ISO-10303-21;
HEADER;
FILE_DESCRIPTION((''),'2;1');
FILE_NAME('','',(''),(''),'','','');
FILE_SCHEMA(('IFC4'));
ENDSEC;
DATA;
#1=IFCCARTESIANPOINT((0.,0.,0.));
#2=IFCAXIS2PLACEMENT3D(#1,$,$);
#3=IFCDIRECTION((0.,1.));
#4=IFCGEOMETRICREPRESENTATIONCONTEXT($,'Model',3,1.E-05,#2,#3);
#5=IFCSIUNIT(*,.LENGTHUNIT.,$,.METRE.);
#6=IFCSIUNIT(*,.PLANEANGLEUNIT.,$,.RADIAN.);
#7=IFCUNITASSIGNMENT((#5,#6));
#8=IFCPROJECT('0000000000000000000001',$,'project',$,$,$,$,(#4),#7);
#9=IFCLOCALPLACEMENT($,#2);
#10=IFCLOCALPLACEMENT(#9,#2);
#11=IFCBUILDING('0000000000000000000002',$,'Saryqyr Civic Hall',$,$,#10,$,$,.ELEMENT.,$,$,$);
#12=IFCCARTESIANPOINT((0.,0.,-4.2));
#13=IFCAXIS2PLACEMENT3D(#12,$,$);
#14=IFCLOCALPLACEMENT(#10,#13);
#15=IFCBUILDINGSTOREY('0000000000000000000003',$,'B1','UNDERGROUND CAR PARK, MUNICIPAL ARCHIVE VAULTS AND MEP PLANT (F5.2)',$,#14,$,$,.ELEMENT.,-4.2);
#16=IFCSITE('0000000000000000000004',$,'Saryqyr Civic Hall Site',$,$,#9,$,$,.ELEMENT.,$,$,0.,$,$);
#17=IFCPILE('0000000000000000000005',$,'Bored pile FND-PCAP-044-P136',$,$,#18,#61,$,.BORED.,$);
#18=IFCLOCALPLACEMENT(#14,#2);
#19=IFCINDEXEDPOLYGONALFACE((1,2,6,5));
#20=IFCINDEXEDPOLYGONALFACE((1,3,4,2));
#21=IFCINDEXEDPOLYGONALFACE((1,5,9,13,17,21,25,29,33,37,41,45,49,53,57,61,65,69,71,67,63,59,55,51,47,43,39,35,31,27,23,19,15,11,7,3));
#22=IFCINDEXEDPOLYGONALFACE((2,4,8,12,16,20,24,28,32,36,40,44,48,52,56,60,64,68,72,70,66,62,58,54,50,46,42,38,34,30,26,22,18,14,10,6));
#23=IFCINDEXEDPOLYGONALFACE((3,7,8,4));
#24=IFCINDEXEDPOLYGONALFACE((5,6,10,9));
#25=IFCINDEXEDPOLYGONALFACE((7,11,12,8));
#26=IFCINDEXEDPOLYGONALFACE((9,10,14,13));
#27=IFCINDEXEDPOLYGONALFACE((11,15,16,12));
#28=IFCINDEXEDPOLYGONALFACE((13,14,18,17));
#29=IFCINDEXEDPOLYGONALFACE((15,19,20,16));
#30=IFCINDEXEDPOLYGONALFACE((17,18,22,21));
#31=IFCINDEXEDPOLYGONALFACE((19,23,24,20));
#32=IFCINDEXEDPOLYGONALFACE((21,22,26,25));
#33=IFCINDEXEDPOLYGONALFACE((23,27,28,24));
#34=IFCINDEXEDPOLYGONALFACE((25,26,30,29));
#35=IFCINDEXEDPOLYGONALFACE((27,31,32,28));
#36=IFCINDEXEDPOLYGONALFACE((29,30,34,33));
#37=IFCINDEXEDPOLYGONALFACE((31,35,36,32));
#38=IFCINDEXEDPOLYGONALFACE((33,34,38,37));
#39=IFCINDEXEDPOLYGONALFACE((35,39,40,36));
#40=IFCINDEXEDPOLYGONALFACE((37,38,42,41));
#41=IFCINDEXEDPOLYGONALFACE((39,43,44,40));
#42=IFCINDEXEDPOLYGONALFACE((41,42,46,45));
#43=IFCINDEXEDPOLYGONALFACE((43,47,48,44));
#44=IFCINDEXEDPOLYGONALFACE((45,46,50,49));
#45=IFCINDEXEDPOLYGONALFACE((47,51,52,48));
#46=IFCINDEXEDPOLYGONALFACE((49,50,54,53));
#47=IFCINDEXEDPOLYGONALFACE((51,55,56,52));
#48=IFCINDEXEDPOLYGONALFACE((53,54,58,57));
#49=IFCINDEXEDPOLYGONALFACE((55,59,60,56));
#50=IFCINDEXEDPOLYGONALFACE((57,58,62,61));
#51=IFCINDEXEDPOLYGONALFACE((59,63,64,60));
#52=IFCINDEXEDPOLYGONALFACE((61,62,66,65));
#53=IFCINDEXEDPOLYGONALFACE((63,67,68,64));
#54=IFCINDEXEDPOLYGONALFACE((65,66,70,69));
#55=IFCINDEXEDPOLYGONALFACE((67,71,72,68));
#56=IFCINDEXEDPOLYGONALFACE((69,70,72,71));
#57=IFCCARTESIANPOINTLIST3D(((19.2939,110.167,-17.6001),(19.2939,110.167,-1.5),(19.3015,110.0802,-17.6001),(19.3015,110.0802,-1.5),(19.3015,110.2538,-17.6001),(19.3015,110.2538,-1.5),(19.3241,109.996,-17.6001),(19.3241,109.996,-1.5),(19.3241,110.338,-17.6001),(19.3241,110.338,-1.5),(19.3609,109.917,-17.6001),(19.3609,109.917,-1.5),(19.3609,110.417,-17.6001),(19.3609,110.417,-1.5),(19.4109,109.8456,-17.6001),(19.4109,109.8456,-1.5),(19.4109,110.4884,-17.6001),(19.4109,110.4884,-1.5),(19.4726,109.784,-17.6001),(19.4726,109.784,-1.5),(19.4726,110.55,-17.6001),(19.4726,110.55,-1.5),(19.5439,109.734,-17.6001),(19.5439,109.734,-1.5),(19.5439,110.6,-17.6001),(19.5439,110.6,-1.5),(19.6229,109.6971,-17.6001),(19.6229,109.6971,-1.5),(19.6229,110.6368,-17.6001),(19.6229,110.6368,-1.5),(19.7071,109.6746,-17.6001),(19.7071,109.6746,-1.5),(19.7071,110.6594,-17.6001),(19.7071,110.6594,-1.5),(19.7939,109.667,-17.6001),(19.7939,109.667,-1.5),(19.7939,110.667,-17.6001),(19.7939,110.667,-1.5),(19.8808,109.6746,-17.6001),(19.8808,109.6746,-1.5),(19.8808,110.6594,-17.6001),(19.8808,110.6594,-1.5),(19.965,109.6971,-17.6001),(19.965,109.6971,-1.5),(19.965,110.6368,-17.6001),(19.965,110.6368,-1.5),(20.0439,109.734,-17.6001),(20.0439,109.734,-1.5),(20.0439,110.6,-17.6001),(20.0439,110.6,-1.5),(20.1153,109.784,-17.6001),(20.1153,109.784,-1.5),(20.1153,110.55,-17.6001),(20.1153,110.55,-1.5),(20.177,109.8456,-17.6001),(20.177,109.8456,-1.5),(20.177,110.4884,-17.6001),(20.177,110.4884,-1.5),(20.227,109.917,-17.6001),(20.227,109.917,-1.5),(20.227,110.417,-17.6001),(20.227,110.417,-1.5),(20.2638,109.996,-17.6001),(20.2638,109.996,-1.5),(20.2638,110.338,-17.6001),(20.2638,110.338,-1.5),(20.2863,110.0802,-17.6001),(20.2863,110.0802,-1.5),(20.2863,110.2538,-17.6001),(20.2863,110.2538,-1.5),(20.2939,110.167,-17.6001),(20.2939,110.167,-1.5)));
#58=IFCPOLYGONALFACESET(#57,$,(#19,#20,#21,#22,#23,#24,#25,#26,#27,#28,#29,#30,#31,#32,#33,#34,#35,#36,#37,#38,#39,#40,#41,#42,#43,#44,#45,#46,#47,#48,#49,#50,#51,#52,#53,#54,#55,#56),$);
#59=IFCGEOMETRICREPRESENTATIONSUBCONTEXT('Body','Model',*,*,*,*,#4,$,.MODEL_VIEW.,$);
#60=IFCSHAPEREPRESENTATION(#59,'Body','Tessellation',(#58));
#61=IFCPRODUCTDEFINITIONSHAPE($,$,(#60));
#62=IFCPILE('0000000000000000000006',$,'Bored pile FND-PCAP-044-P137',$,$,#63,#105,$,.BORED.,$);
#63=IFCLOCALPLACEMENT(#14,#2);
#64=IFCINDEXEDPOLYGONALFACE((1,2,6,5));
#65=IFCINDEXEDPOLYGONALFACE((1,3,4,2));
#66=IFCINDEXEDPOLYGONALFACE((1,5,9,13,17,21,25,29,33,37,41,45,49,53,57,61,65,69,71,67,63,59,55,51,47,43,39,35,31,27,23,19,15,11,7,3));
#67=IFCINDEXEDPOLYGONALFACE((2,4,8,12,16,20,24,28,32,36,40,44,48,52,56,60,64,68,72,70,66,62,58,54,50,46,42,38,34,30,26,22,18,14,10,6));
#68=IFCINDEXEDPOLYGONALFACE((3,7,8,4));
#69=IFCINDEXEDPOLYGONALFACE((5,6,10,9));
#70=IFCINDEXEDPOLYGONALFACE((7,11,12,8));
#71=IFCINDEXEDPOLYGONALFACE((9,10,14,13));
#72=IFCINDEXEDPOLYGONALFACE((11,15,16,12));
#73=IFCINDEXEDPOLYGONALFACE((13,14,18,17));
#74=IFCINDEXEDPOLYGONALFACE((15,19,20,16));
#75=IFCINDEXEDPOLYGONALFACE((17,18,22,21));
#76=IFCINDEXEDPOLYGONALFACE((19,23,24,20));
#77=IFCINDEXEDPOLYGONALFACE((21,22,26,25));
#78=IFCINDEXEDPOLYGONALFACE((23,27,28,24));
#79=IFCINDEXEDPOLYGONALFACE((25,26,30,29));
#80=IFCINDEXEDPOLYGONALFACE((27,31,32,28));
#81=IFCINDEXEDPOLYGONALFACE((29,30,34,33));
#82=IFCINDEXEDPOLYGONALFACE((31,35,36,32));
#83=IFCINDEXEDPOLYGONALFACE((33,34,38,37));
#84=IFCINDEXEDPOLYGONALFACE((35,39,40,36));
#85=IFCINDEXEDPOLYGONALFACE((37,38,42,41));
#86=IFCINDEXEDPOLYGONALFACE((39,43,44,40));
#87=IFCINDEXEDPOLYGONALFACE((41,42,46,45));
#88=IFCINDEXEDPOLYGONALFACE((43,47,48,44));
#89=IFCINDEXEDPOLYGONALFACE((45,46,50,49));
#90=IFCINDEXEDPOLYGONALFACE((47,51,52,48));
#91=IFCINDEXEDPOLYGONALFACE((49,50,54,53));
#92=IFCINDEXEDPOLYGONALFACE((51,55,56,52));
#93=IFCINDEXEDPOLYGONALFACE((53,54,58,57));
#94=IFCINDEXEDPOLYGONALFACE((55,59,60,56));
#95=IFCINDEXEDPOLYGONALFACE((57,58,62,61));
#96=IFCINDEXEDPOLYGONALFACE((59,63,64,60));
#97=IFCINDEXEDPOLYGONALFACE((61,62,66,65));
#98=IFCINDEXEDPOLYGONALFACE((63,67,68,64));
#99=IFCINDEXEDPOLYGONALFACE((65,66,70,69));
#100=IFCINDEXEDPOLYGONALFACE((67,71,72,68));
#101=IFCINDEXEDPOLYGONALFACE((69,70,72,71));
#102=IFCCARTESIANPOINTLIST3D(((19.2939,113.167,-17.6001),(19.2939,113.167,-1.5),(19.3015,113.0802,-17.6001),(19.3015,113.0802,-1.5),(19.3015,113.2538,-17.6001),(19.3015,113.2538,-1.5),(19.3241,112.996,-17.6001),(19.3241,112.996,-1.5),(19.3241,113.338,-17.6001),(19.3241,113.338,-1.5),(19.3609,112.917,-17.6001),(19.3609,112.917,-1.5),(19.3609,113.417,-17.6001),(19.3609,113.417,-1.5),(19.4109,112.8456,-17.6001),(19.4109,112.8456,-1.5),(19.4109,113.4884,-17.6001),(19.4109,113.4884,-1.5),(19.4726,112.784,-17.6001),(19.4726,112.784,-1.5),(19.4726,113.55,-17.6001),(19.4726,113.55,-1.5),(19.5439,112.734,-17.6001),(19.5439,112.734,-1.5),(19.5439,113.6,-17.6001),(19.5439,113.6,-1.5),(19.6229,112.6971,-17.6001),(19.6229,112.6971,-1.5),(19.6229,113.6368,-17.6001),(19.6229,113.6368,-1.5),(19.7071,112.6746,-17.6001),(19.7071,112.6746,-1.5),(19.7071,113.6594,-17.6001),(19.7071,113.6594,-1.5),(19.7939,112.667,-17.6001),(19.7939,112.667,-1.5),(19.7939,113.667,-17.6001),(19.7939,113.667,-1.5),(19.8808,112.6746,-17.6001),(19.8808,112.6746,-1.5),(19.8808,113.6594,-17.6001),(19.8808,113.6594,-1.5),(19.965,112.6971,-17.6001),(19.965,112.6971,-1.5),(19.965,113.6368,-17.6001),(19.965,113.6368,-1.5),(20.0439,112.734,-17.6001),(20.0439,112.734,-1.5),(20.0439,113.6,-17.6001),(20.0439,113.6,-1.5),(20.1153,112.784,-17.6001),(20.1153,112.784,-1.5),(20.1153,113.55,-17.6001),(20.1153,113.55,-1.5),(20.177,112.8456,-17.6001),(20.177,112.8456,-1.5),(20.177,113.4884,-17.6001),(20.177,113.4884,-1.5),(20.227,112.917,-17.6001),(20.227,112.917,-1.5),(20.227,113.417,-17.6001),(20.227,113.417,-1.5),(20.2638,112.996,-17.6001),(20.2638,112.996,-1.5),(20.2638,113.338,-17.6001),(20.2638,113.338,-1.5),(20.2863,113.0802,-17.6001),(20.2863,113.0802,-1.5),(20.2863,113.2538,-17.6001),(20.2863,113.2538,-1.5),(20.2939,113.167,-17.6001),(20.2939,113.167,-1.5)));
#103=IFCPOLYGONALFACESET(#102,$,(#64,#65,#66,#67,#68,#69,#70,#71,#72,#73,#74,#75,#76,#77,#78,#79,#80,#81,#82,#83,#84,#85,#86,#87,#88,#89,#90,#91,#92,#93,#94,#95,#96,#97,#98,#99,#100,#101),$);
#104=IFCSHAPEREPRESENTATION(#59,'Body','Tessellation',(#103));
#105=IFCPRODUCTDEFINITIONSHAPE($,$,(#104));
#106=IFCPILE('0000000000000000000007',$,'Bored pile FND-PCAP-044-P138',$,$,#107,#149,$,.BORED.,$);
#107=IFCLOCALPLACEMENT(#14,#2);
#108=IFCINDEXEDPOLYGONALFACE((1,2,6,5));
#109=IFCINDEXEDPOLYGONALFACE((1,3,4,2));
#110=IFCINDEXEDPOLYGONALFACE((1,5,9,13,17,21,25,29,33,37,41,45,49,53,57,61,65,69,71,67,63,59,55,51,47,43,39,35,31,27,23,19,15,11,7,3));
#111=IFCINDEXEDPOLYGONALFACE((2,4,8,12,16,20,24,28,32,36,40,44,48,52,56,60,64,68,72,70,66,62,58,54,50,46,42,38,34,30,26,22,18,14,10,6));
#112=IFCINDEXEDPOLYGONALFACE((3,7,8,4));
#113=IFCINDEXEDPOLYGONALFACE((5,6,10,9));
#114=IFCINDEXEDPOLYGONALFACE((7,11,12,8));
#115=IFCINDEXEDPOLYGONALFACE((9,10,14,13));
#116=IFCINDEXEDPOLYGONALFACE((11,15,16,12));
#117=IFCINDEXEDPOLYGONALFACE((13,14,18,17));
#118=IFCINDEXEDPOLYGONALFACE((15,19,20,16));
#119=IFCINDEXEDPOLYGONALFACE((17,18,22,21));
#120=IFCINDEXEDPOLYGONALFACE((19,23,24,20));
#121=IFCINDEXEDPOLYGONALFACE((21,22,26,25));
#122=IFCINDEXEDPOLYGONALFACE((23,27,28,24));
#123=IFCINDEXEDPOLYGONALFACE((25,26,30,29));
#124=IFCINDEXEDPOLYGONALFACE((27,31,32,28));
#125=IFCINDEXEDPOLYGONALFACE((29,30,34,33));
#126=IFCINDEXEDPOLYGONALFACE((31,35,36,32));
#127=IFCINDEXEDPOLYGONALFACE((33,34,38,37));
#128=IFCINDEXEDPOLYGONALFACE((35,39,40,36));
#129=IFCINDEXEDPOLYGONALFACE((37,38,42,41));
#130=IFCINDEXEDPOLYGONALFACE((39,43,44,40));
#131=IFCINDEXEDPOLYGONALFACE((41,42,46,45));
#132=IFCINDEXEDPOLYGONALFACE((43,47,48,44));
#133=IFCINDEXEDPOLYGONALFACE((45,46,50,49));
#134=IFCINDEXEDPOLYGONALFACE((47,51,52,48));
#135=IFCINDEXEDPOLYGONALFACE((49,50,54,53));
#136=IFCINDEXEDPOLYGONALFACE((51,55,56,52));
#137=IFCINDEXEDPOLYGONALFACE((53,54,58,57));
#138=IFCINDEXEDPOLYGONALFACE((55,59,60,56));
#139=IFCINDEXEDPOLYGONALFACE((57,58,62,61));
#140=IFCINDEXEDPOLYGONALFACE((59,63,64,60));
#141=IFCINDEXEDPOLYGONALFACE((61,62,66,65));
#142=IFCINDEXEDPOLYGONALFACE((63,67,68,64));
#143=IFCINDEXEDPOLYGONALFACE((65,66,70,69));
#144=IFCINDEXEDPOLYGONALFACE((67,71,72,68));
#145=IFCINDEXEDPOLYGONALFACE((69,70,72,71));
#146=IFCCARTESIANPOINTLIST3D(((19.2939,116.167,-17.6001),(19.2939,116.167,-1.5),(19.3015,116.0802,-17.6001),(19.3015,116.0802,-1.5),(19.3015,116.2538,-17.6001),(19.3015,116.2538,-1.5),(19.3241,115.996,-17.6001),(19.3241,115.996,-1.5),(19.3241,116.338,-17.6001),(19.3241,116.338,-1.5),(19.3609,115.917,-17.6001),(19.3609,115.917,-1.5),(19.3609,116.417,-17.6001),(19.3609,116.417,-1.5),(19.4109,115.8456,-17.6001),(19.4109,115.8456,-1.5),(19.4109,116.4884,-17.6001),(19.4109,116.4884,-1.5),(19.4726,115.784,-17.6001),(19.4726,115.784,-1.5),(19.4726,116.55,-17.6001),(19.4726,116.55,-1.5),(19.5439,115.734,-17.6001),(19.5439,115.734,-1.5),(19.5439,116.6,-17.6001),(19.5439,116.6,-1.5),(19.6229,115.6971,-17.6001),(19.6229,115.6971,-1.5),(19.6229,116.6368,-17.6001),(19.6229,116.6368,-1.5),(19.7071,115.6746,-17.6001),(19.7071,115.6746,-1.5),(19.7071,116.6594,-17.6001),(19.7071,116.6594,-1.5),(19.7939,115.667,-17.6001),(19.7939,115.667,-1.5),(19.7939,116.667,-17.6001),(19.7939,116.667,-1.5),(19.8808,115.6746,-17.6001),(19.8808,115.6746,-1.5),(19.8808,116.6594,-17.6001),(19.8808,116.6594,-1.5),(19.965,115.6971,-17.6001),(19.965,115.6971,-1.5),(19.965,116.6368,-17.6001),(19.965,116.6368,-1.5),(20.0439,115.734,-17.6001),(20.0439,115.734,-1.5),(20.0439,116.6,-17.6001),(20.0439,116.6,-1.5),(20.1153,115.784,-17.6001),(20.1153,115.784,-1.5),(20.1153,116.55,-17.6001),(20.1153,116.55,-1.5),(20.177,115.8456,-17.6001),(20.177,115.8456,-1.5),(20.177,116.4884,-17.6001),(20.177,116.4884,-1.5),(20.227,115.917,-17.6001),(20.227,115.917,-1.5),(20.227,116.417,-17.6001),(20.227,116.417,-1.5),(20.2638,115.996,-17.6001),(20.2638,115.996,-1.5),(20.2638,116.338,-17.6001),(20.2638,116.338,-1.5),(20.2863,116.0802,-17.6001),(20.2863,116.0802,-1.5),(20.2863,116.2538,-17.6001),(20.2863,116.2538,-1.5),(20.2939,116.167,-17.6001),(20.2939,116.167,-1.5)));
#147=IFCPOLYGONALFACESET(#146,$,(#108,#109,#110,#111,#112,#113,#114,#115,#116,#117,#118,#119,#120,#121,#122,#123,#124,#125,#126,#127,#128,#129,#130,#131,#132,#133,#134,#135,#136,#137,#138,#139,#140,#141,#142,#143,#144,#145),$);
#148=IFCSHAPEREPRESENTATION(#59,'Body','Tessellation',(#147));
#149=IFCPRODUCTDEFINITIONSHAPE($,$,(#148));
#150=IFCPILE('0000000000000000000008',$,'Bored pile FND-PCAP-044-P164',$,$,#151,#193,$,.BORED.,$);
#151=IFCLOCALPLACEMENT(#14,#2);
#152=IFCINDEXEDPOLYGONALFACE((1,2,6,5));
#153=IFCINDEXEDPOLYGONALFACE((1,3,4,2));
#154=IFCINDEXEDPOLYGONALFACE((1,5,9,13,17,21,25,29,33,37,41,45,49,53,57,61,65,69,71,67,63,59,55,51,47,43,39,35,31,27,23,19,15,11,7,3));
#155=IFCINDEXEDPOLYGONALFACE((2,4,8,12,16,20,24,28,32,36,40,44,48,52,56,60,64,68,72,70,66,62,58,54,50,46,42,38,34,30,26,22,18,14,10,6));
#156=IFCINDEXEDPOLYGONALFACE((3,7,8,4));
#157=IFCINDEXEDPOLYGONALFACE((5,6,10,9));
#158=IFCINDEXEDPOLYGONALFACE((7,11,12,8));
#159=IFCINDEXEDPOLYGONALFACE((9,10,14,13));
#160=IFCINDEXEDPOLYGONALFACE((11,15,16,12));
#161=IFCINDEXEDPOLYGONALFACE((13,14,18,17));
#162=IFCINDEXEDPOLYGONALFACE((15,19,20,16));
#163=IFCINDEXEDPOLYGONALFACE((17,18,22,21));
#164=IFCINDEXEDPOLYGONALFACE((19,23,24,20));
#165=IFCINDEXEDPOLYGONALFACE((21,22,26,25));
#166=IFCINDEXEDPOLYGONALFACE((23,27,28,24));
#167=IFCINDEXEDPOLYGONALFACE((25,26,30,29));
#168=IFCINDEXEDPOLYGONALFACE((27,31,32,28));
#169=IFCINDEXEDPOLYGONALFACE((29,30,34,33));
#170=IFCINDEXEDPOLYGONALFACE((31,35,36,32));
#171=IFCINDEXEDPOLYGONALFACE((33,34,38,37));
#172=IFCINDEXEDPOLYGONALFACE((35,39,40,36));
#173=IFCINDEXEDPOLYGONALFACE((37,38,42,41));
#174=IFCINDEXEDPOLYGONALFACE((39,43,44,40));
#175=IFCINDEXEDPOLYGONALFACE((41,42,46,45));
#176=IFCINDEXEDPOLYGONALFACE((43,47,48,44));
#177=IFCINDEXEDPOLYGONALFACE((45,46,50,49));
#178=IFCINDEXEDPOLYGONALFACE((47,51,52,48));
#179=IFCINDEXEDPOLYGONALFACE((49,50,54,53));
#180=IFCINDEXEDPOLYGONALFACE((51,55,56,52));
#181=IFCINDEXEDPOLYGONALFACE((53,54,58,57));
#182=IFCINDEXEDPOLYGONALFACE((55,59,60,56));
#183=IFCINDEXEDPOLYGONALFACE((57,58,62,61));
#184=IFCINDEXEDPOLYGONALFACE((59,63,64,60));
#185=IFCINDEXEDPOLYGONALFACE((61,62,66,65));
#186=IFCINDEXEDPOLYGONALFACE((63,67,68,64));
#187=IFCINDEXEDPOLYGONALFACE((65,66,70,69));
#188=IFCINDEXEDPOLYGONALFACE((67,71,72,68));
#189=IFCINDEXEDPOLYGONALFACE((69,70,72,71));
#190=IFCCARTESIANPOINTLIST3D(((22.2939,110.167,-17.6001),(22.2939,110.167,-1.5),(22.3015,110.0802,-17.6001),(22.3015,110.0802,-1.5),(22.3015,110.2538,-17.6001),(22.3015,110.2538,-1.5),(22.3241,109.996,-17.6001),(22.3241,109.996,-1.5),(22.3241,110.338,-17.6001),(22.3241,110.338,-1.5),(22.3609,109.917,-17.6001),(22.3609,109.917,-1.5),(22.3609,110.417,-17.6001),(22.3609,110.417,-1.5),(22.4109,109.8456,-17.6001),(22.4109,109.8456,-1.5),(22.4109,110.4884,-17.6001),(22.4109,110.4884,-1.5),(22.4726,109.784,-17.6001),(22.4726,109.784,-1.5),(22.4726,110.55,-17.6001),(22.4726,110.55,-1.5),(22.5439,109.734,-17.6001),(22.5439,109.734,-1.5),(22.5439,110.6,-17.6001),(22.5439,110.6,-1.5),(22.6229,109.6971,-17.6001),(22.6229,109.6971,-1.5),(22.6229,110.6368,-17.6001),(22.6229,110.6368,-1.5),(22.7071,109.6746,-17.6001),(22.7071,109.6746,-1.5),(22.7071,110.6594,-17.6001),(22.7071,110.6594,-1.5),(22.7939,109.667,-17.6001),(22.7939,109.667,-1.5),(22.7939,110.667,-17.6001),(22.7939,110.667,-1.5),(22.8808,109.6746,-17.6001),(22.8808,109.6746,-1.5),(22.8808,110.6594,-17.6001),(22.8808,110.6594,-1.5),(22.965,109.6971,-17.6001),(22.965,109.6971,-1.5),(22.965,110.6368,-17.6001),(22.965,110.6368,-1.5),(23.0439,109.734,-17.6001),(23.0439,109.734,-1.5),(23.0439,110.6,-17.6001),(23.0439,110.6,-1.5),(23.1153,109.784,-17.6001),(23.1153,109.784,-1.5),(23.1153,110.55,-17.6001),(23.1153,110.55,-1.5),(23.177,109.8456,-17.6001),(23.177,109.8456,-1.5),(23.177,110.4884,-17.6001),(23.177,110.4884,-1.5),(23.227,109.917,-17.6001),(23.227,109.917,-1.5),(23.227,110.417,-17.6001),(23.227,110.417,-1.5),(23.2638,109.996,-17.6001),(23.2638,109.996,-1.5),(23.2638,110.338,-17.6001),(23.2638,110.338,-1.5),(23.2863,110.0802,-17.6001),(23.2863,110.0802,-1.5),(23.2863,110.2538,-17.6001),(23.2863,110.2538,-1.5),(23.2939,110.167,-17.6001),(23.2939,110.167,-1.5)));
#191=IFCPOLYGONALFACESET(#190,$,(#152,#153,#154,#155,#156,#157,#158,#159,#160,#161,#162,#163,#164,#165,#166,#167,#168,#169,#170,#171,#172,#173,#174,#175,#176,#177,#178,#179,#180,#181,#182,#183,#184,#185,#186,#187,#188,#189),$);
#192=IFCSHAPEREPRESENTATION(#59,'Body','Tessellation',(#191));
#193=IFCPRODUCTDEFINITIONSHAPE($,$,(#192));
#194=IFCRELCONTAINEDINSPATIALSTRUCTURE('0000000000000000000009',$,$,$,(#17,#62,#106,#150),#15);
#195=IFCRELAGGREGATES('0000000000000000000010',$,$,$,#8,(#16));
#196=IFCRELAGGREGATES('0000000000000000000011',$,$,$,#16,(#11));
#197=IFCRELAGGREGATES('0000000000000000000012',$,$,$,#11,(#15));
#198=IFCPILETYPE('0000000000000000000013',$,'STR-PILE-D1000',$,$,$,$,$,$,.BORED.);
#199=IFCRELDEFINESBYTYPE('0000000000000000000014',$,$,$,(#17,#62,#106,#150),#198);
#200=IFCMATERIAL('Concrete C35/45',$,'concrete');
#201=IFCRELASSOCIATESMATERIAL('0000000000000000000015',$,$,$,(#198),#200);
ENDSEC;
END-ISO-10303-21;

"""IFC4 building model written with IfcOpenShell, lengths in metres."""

from ifc_helpers import new_model, si_unit, direction, frame, origin, origin_2d, place, context, subcontext, project, spatial, circle, extrude, material, material_profile, profile_set, type_object, element, save


model = new_model("IFC4")

# Units and contexts
model_context = context("Model", 3, precision=1e-05, world=origin(), true_north=direction((0.0, 1.0)))
body_context = subcontext(model_context, "Body", "Model", "MODEL_VIEW")
ifc_project = project(units=[si_unit("LENGTHUNIT", "METRE"), si_unit("PLANEANGLEUNIT", "RADIAN")], contexts=[model_context])

# Site, building, storey
site_placement = place(None, origin())
site = spatial("IfcSite", under=ifc_project, at=site_placement, Name="Saryqyr Civic Hall Site", CompositionType="ELEMENT", RefElevation=0.0)
building_placement = place(site_placement, origin())
building = spatial("IfcBuilding", under=site, at=building_placement, Name="Saryqyr Civic Hall", CompositionType="ELEMENT")
storey_placement = place(building_placement, frame((0.0, 0.0, -4.2)))
storey = spatial("IfcBuildingStorey", under=building, at=storey_placement, Name="B1", Description="UNDERGROUND CAR PARK, MUNICIPAL ARCHIVE VAULTS AND MEP PLANT (F5.2)", CompositionType="ELEMENT", Elevation=-4.2)

# Piles
ifc_material_1 = material(Name="Concrete C35/45", Category="concrete")
ifc_material_profile_1 = material_profile(ifc_material_1, circle(Radius=0.5, at=origin_2d()), Name="BORED PILE D1000")
ifc_profile_set_1 = profile_set([ifc_material_profile_1], Name="Concrete C35/45")
pile_type = type_object("IfcPileType", Name="STR-PILE-D1000", PredefinedType="BORED", material=ifc_profile_set_1)
for number, where, z_axis, x_axis, name in (
    (1, (19.7939, 110.167, -1.5), (0.0, 0.0, -1.0), (1.0, 0.0, 0.0), "Bored pile FND-PCAP-044-P136"),
    (2, (19.7939, 113.167, -1.5), (0.0, 0.0, -1.0), (1.0, 0.0, 0.0), "Bored pile FND-PCAP-044-P137"),
    (3, (19.7939, 116.167, -1.5), (0.0, 0.0, -1.0), (1.0, 0.0, 0.0), "Bored pile FND-PCAP-044-P138"),
    (4, (22.7939, 110.167, -1.5), (0.0, 0.0, -1.0), (1.0, 0.0, 0.0), "Bored pile FND-PCAP-044-P164"),
):
    element("IfcPile", number, at=place(storey_placement, frame(where, z_axis=z_axis, x_axis=x_axis)), inside=storey, type_object=pile_type, Name=name, PredefinedType="BORED", context=body_context, shape_type="SweptSolid", body=[
        extrude(circle(Radius=0.5, at=origin_2d()), origin(), (0.0, 0.0, 1.0), 16.1001),
    ])

save(model, "model.ifc")
